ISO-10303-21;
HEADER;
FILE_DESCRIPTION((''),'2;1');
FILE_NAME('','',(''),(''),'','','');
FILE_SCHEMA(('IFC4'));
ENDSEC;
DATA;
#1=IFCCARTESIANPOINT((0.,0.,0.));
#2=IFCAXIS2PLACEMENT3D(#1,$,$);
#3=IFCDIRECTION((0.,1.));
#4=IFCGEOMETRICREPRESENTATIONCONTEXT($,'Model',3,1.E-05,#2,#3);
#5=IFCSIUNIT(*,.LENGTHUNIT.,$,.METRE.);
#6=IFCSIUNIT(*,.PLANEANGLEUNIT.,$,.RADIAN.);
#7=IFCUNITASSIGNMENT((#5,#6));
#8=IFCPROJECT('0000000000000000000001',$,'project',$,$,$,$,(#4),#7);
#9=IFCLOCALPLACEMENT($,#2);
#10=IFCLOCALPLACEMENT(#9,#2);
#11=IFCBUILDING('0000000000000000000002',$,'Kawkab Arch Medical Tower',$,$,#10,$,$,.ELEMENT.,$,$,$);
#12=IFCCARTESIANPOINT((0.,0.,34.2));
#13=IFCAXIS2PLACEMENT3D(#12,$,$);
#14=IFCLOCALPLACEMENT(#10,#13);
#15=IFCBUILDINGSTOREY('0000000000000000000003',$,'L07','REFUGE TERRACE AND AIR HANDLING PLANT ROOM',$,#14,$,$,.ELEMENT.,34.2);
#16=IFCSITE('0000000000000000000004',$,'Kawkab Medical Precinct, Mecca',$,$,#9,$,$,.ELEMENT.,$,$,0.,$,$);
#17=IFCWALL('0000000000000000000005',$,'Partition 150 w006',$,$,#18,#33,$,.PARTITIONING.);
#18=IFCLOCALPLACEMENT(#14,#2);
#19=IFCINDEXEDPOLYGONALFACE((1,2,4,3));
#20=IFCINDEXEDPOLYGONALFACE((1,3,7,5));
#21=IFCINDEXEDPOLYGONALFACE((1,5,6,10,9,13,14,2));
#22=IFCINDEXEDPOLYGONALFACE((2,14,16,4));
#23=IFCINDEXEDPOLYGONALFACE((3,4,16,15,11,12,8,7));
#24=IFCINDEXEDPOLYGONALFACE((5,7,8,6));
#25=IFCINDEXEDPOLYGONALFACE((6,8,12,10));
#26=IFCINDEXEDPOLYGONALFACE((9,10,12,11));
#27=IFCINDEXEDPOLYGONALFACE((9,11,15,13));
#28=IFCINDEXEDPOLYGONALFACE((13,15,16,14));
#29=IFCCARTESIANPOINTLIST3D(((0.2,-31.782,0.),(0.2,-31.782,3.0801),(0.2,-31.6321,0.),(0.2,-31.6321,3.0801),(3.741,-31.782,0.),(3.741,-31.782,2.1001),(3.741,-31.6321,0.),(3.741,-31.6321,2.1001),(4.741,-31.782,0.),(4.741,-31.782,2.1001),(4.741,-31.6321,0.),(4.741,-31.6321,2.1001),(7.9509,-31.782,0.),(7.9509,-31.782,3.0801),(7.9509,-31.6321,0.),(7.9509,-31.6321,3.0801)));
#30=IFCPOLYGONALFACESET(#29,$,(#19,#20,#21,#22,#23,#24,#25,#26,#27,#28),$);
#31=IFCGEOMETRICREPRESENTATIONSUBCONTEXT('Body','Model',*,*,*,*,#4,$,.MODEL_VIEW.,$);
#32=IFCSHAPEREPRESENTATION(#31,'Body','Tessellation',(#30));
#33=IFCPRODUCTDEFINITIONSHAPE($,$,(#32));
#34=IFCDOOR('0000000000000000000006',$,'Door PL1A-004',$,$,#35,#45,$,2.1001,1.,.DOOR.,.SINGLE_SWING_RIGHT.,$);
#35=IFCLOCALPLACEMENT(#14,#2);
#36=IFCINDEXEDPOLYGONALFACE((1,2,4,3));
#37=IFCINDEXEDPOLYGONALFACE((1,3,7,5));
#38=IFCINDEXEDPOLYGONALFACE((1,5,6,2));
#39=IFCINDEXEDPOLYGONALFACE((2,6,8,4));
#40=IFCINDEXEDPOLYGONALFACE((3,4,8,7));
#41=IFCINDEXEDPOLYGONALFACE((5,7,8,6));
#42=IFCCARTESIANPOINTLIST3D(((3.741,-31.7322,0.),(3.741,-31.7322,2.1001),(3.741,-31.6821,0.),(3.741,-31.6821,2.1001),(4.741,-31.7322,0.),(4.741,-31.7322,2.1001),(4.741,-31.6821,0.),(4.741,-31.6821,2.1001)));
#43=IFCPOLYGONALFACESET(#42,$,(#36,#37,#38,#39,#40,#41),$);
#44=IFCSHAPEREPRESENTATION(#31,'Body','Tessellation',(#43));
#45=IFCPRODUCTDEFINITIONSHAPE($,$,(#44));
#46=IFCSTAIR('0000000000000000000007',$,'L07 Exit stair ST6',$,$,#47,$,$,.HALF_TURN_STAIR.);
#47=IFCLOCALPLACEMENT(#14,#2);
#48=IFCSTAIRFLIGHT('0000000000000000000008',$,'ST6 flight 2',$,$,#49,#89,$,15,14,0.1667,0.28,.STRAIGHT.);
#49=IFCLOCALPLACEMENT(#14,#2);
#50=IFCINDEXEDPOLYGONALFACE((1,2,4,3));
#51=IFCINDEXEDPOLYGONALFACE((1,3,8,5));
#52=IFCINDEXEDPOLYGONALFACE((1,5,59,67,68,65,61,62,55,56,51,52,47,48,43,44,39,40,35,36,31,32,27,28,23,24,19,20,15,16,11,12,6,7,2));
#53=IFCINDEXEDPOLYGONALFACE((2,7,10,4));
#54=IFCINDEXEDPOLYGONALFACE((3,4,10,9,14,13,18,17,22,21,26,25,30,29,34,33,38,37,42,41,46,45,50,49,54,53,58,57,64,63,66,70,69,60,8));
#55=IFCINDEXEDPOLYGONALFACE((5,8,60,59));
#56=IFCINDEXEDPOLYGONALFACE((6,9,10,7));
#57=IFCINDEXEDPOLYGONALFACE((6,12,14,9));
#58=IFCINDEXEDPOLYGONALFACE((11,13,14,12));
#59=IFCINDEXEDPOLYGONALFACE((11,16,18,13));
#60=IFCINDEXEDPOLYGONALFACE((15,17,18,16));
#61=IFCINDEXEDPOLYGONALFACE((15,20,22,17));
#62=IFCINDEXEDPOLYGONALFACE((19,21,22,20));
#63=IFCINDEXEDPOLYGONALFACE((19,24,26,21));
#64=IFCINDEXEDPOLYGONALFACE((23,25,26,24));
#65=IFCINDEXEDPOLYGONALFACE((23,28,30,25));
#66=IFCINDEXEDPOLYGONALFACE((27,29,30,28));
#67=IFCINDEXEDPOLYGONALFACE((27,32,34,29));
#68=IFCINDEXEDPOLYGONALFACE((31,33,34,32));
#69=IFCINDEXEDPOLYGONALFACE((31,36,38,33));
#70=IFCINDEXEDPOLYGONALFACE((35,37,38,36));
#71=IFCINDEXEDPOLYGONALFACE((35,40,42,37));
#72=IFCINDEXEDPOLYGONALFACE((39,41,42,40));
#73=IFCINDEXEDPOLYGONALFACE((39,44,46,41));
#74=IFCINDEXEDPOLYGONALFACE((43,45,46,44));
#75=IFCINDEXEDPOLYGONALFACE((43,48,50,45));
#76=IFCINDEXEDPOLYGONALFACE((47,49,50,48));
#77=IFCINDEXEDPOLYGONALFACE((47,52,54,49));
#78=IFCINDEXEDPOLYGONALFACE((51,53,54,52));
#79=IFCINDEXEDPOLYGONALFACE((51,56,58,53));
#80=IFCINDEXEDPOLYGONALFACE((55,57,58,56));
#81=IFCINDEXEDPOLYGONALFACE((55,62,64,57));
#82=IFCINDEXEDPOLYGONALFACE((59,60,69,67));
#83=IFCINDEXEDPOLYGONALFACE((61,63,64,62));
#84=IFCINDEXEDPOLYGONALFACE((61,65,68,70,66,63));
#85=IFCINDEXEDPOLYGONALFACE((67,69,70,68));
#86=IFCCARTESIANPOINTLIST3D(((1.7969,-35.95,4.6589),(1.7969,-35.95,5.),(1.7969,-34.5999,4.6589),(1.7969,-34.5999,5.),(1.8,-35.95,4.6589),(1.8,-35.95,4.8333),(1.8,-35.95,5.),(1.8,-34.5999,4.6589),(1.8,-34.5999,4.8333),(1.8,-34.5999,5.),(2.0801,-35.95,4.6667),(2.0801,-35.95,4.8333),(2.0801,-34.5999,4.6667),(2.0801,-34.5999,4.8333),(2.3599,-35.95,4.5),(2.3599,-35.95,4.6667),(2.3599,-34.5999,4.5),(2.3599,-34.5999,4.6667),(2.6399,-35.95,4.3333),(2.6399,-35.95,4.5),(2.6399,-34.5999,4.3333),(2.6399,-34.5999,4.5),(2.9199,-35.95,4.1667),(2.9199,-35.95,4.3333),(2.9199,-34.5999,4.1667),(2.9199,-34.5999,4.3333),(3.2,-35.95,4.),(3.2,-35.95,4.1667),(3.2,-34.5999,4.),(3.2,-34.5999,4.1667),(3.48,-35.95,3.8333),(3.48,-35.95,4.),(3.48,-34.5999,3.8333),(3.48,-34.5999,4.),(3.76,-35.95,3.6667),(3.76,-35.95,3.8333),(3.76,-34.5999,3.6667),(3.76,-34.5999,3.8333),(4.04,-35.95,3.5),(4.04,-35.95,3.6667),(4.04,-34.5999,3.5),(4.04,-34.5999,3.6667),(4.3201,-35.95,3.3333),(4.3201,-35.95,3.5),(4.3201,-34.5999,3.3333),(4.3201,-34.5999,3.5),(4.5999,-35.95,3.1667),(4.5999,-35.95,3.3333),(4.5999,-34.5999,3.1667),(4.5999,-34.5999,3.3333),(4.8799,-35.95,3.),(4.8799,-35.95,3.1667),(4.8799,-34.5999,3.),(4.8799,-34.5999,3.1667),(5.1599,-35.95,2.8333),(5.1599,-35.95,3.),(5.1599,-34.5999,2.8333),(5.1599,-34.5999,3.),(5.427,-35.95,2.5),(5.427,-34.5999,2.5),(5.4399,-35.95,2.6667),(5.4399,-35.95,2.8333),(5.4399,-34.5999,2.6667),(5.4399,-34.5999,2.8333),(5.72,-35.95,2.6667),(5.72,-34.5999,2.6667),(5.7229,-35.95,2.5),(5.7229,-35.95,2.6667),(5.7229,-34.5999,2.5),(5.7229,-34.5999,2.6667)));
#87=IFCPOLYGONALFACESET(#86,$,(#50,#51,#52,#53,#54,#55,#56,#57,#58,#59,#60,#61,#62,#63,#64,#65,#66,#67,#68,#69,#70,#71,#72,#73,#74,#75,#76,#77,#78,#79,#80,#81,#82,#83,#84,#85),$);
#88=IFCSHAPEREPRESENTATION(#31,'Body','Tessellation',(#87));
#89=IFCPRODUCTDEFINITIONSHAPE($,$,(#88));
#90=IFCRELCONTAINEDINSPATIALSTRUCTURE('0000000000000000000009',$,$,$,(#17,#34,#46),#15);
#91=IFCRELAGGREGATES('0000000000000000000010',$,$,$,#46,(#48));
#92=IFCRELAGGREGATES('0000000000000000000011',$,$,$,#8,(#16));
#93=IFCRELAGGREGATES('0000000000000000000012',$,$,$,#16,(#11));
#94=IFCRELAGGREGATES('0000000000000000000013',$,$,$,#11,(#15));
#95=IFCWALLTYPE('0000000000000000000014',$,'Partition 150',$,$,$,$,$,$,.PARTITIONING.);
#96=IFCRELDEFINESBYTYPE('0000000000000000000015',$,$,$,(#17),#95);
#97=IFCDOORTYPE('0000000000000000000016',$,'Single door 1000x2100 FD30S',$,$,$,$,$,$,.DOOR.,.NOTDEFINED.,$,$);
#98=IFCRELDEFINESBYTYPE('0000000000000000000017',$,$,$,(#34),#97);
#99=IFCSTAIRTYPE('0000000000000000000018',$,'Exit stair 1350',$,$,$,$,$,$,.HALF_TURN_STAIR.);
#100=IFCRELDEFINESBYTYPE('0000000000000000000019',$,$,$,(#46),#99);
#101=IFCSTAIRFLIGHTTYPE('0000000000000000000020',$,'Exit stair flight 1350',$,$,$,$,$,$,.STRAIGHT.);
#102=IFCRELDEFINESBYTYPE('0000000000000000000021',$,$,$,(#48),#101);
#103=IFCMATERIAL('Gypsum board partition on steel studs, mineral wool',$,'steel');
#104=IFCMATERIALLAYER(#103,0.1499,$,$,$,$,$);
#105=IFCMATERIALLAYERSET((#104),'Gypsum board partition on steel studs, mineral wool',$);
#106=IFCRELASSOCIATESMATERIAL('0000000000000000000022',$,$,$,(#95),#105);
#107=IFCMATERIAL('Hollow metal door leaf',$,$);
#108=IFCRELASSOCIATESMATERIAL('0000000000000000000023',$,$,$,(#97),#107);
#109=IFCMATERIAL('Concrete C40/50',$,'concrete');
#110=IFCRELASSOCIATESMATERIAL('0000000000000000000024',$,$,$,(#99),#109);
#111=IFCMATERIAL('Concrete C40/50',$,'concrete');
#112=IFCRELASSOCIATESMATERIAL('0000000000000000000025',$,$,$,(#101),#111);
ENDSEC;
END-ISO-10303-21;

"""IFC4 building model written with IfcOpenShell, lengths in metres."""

from ifc_helpers import new_model, si_unit, direction, frame, frame_2d, origin, place, context, subcontext, project, spatial, polyline, rectangle, outline, extrude, material, layer, layer_set, type_object, element, fill, aggregate, save


model = new_model("IFC4")

# Units and contexts
model_context = context("Model", 3, precision=1e-05, world=origin(), true_north=direction((0.0, 1.0)))
body_context = subcontext(model_context, "Body", "Model", "MODEL_VIEW")
ifc_project = project(units=[si_unit("LENGTHUNIT", "METRE"), si_unit("PLANEANGLEUNIT", "RADIAN")], contexts=[model_context])

# Site, building, storey
site_placement = place(None, origin())
site = spatial("IfcSite", under=ifc_project, at=site_placement, Name="Kawkab Medical Precinct, Mecca", CompositionType="ELEMENT", RefElevation=0.0)
building_placement = place(site_placement, origin())
building = spatial("IfcBuilding", under=site, at=building_placement, Name="Kawkab Arch Medical Tower", CompositionType="ELEMENT")
storey_placement = place(building_placement, frame((0.0, 0.0, 34.2)))
storey = spatial("IfcBuildingStorey", under=building, at=storey_placement, Name="L07", Description="REFUGE TERRACE AND AIR HANDLING PLANT ROOM", CompositionType="ELEMENT", Elevation=34.2)

# Shared definitions
placement = place(storey_placement, origin())

# Wall, opening, door
ifc_material_1 = material(Name="Gypsum board partition on steel studs, mineral wool", Category="steel")
ifc_layer_1 = layer(ifc_material_1, 0.1499)
ifc_layer_set_1 = layer_set([ifc_layer_1], Name="Gypsum board partition on steel studs, mineral wool")
wall_type_1 = type_object("IfcWallType", Name="Partition 150", PredefinedType="PARTITIONING", material=ifc_layer_set_1)
wall_1_placement = place(storey_placement, frame((0.2, -31.707, 0.0), z_axis=(0.0, 0.0, 1.0), x_axis=(1.0, 0.0, 0.0)))
wall_1 = element("IfcWall", 1, at=wall_1_placement, inside=storey, type_object=wall_type_1, Name="Partition 150 w006", PredefinedType="PARTITIONING", context=body_context, shape_type="SweptSolid", body=[
    extrude(rectangle(XDim=7.751, YDim=0.1499, at=frame_2d((3.8755, 0.0))), origin(), (0.0, 0.0, 1.0), 3.0801),
])
opening_placement = place(wall_1_placement, frame((3.541, 0.0, 0.0)))
opening = element("IfcOpeningElement", 2, at=opening_placement, cuts=wall_1, PredefinedType="OPENING", context=body_context, shape_type="SweptSolid", body=[
    extrude(rectangle(XDim=1.0, YDim=2.1001, at=frame_2d((0.5, 1.05))), frame((0.0, 0.085, 0.0), z_axis=(0.0, -1.0, 0.0), x_axis=(1.0, 0.0, 0.0)), (0.0, 0.0, 1.0), 0.1699),
])
ifc_material_2 = material(Name="Hollow metal door leaf")
door_type = type_object("IfcDoorType", Name="Single door 1000x2100 FD30S", OperationType="NOTDEFINED", PredefinedType="DOOR", material=ifc_material_2)
door_placement = place(opening_placement, origin())
door = element("IfcDoor", 3, at=door_placement, inside=storey, type_object=door_type, Name="Door PL1A-004", OperationType="SINGLE_SWING_RIGHT", OverallHeight=2.1001, OverallWidth=1.0, PredefinedType="DOOR", context=body_context, shape_type="SweptSolid", body=[
    extrude(rectangle(XDim=1.0, YDim=2.1001, at=frame_2d((0.5, 1.05))), frame((0.0, 0.0249, 0.0), z_axis=(0.0, -1.0, 0.0), x_axis=(1.0, 0.0, 0.0)), (0.0, 0.0, 1.0), 0.05),
])
fill(opening, door)

# Stair, stair flight
ifc_material_3 = material(Name="Concrete C40/50", Category="concrete")
stair_type = type_object("IfcStairType", Name="Exit stair 1350", PredefinedType="HALF_TURN_STAIR", material=ifc_material_3)
stair = element("IfcStair", 4, at=placement, inside=storey, type_object=stair_type, Name="L07 Exit stair ST6", PredefinedType="HALF_TURN_STAIR")
ifc_material_4 = material(Name="Concrete C40/50", Category="concrete")
stair_flight_type = type_object("IfcStairFlightType", Name="Exit stair flight 1350", PredefinedType="STRAIGHT", material=ifc_material_4)
stair_flight_placement = place(storey_placement, frame((5.72, -35.2749, 2.5), z_axis=(0.0, 0.0, 1.0), x_axis=(-1.0, 0.0, 0.0)))
stair_flight = element("IfcStairFlight", 5, at=stair_flight_placement, type_object=stair_flight_type, Name="ST6 flight 2", NumberOfRisers=15, NumberOfTreads=14, PredefinedType="STRAIGHT", RiserHeight=0.1667, TreadLength=0.28, context=body_context, shape_type="SweptSolid", body=[
    extrude(outline(polyline([(-0.0029, 0.0), (-0.0029, 0.1667), (0.0, 0.1667), (0.28, 0.1667), (0.28, 0.3333), (0.5601, 0.3333), (0.5601, 0.5), (0.8401, 0.5), (0.8401, 0.6667), (1.1201, 0.6667), (1.1201, 0.8333), (1.3999, 0.8333), (1.3999, 1.0), (1.6799, 1.0), (1.6799, 1.1667), (1.96, 1.1667), (1.96, 1.3333), (2.24, 1.3333), (2.24, 1.5), (2.52, 1.5), (2.52, 1.6667), (2.8, 1.6667), (2.8, 1.8333), (3.0801, 1.8333), (3.0801, 2.0), (3.3601, 2.0), (3.3601, 2.1667), (3.6399, 2.1667), (3.6399, 2.3333), (3.9199, 2.3333), (3.9199, 2.5), (3.9231, 2.5), (3.9231, 2.1589), (3.9199, 2.1589), (0.293, 0.0), (-0.0029, 0.0)])), frame((0.0, 0.675, 0.0), z_axis=(0.0, -1.0, 0.0), x_axis=(1.0, 0.0, 0.0)), (0.0, 0.0, 1.0), 1.3501),
])
aggregate(stair, [stair_flight])

save(model, "model.ifc")
